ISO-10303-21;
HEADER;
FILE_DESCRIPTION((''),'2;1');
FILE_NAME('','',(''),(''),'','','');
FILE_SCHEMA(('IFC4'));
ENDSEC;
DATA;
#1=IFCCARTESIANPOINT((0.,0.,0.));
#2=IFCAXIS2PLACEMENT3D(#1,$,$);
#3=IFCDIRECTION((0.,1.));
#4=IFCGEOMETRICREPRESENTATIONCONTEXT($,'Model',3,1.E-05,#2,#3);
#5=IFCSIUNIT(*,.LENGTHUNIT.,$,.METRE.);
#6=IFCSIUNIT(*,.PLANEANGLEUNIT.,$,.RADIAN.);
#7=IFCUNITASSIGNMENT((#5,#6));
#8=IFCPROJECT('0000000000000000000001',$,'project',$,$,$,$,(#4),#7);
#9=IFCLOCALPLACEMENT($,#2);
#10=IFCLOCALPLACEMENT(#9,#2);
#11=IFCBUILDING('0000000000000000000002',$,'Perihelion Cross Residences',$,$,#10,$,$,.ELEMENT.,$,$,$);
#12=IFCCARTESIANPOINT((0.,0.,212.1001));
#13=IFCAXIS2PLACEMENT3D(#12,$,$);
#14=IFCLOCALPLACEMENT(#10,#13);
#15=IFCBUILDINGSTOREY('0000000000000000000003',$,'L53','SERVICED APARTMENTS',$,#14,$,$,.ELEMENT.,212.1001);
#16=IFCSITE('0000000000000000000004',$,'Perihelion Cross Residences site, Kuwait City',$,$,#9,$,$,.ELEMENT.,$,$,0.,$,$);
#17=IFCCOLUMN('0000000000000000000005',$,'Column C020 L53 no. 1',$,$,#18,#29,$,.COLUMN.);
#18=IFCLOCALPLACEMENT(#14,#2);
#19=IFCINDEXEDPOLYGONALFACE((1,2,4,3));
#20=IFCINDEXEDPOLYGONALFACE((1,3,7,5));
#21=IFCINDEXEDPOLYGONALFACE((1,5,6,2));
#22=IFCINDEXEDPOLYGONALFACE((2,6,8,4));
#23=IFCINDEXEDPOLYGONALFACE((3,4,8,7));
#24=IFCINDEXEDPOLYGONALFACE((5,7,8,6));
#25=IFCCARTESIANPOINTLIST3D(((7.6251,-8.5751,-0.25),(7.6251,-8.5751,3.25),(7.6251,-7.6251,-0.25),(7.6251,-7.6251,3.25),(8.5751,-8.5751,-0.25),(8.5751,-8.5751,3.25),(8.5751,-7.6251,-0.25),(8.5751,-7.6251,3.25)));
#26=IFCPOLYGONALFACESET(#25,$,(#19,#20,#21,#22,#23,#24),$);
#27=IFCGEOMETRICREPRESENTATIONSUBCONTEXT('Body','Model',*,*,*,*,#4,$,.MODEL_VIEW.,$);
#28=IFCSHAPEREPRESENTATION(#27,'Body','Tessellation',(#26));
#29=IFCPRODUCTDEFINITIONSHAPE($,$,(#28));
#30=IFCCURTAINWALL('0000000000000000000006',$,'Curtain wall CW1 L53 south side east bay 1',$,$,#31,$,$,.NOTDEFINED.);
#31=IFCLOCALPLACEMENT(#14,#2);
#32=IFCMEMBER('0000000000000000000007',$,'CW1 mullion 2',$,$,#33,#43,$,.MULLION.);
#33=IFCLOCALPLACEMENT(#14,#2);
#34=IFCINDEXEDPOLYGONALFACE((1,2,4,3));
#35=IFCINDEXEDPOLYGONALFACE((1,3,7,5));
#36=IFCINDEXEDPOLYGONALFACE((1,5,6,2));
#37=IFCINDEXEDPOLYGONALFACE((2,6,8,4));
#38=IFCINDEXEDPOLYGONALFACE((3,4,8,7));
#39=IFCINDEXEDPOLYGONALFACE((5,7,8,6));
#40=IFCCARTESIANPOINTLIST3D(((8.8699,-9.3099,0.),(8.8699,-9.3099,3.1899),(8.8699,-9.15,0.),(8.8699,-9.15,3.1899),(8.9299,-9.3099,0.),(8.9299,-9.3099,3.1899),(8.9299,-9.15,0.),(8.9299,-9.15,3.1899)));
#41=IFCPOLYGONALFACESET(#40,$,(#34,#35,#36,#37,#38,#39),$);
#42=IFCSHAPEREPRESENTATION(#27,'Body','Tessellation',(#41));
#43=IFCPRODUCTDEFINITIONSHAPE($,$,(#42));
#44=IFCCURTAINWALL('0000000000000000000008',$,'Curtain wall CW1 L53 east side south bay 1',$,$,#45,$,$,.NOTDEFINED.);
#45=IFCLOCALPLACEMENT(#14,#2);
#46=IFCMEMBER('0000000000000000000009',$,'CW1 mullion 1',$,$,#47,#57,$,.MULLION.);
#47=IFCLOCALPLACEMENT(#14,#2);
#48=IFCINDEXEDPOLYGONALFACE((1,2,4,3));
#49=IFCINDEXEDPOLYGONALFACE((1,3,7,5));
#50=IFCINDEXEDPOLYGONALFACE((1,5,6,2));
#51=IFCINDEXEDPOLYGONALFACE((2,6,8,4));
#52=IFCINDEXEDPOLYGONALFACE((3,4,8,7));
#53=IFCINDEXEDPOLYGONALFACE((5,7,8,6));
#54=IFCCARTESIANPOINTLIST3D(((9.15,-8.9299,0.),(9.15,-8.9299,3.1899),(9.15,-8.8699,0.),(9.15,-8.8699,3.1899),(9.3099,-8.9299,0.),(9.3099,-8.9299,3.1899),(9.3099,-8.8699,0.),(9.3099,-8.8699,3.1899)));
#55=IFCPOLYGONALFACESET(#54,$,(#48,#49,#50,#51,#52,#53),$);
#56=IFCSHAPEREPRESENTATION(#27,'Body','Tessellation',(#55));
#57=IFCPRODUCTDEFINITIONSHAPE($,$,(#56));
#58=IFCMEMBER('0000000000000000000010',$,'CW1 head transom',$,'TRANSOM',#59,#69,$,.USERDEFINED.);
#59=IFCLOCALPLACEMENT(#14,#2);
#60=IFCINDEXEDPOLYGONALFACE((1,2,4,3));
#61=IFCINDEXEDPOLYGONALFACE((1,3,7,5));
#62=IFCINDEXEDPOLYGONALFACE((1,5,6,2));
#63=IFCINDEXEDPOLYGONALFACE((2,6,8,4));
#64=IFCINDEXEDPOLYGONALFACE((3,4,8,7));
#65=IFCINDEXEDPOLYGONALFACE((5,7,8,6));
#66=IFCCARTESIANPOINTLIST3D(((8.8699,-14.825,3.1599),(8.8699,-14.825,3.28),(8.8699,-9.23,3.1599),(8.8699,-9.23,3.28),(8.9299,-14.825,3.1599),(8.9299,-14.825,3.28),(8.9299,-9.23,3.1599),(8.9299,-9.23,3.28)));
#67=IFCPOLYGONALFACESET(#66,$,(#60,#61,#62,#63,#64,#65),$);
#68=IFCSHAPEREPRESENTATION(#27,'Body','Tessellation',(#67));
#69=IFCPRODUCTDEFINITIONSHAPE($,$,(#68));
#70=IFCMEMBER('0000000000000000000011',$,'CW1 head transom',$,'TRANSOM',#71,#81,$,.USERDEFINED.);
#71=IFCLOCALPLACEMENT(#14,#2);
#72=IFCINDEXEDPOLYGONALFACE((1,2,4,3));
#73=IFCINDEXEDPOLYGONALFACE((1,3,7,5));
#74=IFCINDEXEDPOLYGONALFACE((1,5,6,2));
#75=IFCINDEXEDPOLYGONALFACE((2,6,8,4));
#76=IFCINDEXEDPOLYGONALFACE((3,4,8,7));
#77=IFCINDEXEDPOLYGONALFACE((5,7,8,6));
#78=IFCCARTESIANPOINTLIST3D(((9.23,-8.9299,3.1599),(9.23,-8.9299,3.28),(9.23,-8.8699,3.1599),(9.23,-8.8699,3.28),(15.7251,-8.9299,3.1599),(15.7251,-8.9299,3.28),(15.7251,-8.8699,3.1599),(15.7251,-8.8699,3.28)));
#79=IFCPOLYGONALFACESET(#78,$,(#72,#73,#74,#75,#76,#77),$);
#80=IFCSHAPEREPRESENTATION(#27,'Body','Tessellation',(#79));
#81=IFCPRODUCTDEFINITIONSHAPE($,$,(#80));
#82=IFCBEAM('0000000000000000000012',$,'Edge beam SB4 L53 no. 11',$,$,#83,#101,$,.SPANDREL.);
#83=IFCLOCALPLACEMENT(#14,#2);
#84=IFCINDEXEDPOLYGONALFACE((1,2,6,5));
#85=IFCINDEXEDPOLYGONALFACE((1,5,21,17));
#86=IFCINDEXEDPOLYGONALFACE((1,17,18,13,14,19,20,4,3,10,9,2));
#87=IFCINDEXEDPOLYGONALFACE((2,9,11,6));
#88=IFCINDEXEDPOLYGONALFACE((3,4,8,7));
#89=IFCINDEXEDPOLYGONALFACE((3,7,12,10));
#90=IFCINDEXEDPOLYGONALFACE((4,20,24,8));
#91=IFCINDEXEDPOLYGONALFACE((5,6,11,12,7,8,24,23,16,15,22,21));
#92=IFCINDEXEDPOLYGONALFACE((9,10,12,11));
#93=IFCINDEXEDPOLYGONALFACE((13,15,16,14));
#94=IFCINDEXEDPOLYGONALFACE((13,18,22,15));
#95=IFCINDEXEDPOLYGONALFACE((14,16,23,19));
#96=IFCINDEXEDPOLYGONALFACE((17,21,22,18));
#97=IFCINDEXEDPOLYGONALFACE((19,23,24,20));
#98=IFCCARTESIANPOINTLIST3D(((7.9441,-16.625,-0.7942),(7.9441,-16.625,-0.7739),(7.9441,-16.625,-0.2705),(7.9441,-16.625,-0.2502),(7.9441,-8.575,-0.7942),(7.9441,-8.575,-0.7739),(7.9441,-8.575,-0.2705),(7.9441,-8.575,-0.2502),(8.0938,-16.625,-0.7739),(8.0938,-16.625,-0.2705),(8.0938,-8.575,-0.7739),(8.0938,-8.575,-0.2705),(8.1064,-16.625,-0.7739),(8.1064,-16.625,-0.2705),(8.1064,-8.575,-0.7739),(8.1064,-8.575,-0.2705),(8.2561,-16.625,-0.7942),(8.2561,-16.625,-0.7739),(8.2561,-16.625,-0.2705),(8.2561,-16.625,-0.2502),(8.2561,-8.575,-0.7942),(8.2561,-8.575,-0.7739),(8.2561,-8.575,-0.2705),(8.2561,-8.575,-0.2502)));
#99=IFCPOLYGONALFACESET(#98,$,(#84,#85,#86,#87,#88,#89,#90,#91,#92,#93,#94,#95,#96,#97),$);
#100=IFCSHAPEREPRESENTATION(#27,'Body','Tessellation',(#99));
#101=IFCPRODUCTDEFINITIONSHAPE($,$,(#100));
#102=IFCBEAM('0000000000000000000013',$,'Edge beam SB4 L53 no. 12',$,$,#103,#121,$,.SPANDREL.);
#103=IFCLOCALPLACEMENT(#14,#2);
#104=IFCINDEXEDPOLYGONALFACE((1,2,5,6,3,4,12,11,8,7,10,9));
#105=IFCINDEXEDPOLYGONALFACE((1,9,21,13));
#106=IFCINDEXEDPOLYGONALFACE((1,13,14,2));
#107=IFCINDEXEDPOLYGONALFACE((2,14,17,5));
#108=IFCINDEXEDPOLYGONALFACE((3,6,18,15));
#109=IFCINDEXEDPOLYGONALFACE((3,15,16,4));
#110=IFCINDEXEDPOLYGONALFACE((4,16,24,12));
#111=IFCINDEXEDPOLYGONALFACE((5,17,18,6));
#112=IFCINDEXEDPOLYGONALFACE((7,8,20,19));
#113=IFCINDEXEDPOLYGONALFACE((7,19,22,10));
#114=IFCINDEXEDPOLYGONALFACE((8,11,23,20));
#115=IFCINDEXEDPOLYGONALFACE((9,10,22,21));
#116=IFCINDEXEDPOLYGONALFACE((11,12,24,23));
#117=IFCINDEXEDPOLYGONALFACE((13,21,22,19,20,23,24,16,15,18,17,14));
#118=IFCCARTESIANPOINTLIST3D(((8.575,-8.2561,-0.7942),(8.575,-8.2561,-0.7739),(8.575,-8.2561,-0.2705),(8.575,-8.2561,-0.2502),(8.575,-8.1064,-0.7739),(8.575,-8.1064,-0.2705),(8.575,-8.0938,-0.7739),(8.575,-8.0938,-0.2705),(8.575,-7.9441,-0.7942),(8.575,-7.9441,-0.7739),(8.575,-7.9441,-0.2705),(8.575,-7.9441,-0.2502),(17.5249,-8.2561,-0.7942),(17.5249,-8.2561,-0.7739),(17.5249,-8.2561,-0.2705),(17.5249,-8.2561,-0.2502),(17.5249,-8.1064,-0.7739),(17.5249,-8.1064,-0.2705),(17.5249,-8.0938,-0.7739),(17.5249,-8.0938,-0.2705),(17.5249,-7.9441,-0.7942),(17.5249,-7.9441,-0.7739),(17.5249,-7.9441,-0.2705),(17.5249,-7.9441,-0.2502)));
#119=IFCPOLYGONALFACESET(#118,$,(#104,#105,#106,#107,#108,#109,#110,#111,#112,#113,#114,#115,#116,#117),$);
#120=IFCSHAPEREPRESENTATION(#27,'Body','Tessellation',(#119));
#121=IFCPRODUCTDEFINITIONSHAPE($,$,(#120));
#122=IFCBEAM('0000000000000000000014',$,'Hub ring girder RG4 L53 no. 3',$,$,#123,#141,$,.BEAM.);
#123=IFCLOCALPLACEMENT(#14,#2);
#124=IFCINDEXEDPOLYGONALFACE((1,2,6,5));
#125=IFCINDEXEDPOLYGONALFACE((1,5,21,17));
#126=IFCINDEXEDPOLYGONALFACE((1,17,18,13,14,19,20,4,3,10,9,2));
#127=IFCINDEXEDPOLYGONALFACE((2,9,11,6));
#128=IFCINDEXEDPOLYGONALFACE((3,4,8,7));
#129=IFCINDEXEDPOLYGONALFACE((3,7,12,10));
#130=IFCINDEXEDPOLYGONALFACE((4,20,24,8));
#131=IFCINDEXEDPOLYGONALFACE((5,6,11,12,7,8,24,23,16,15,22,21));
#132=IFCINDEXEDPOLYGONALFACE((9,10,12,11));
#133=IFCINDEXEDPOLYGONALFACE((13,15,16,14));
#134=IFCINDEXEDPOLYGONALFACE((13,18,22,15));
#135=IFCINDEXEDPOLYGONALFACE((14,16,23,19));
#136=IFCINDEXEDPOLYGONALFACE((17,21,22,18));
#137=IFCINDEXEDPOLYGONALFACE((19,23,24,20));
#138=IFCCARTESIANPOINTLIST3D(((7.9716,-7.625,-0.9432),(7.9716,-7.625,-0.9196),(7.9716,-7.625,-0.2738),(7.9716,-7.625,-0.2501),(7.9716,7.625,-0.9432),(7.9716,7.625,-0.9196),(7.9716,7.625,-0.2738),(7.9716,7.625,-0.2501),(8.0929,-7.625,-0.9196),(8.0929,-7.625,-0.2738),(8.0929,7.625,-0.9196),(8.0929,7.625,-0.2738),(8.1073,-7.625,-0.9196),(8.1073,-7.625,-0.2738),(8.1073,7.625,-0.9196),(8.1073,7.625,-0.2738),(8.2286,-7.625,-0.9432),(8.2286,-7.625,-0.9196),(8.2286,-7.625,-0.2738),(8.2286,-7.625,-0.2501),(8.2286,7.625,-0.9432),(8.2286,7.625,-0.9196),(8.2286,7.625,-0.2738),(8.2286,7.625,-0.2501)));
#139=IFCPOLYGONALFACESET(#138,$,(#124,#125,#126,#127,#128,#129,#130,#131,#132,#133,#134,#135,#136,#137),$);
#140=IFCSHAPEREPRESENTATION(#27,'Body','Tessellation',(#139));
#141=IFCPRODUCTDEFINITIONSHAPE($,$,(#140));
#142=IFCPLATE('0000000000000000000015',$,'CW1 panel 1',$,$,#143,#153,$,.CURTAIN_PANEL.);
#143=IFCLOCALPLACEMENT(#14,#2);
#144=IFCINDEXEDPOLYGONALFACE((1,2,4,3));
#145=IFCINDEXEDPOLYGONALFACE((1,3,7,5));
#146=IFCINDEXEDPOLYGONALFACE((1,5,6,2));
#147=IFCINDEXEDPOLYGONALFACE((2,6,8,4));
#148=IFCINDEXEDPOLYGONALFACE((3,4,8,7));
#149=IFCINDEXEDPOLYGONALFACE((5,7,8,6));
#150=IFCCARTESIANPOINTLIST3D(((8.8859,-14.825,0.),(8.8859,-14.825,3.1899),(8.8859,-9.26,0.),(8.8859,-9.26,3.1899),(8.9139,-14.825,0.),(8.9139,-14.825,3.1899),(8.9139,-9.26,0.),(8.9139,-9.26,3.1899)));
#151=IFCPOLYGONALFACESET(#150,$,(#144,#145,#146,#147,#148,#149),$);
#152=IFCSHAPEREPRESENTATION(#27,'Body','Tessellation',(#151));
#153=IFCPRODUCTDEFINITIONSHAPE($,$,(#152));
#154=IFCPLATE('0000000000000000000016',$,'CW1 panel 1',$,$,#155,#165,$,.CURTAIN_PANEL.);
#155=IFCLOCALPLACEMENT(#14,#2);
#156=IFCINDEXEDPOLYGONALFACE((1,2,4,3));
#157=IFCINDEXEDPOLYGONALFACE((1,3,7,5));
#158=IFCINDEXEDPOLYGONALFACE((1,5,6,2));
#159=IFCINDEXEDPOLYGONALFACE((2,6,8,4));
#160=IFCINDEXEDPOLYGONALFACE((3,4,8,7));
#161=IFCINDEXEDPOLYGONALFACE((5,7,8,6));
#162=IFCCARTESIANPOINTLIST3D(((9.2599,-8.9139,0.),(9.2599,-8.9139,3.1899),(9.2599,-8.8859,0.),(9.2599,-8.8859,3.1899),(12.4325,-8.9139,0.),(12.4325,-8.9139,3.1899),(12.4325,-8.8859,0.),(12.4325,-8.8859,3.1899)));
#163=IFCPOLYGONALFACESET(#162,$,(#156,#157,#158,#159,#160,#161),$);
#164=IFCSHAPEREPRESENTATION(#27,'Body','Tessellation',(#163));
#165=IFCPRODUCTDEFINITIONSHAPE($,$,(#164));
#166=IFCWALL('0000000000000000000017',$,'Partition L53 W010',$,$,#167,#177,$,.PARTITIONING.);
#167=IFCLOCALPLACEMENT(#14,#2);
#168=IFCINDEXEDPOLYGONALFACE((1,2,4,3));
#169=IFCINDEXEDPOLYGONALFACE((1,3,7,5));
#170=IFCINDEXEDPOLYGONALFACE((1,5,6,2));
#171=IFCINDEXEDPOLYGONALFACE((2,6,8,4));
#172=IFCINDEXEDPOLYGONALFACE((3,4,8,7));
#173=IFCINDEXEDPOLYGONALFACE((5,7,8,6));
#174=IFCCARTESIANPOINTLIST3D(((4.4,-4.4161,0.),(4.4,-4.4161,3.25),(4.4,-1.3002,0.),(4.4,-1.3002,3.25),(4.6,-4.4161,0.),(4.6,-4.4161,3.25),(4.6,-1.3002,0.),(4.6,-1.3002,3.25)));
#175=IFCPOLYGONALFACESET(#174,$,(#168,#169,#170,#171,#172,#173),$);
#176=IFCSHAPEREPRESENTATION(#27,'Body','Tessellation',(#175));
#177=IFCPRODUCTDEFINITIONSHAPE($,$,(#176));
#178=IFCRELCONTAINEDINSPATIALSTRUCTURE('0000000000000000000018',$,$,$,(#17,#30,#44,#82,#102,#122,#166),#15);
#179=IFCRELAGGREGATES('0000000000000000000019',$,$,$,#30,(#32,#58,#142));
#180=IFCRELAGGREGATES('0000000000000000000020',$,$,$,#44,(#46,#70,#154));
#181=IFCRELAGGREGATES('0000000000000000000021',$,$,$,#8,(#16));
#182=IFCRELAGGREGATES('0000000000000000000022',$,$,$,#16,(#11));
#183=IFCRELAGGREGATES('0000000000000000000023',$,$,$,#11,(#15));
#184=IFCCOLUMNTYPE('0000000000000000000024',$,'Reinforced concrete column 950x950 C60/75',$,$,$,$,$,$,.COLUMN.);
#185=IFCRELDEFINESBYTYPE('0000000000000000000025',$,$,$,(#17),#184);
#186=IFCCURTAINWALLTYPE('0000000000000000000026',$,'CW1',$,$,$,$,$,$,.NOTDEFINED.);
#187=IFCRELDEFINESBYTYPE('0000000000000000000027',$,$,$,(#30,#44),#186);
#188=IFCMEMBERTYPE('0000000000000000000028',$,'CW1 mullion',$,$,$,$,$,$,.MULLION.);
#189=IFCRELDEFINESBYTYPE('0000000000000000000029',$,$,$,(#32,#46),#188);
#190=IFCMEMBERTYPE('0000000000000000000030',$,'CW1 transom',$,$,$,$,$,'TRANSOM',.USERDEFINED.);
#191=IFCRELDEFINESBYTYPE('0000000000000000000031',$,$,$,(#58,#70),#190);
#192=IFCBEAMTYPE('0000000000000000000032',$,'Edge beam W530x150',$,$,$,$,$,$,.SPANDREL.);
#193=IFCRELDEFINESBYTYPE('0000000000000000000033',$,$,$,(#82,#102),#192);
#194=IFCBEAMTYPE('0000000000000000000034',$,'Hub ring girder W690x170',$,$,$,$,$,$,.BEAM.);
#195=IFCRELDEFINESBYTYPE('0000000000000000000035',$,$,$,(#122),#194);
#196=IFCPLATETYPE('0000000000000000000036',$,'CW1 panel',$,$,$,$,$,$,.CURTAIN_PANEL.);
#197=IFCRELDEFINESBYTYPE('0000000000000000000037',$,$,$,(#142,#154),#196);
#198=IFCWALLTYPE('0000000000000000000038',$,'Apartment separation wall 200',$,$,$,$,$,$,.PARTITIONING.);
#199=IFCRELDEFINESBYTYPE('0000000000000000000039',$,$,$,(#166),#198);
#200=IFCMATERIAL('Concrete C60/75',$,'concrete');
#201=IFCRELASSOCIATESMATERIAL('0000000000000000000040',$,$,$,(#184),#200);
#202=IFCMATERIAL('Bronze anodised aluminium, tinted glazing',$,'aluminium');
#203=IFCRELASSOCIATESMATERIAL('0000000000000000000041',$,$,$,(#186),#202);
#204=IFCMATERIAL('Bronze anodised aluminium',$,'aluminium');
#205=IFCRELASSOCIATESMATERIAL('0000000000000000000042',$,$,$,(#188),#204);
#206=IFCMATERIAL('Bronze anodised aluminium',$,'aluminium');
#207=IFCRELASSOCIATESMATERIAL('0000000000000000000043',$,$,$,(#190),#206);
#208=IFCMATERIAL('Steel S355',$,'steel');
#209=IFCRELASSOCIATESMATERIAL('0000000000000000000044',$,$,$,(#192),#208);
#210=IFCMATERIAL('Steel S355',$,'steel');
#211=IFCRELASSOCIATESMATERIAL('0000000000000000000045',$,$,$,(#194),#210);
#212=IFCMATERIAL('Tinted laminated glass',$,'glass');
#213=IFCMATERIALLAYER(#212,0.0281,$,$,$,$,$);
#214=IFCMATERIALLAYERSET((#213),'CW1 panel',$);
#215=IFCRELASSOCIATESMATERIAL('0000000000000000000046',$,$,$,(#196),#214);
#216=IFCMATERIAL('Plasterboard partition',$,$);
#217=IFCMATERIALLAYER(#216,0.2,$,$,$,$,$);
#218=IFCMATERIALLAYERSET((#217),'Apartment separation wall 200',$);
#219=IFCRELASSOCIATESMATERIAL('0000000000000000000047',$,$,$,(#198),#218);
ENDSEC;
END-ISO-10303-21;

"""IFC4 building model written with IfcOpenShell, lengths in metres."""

from ifc_helpers import new_model, si_unit, direction, frame, frame_2d, origin, origin_2d, place, context, subcontext, project, spatial, rectangle, i_section, extrude, material, layer, layer_set, material_profile, profile_set, type_object, element, aggregate, save


model = new_model("IFC4")

# Units and contexts
model_context = context("Model", 3, precision=1e-05, world=origin(), true_north=direction((0.0, 1.0)))
body_context = subcontext(model_context, "Body", "Model", "MODEL_VIEW")
ifc_project = project(units=[si_unit("LENGTHUNIT", "METRE"), si_unit("PLANEANGLEUNIT", "RADIAN")], contexts=[model_context])

# Site, building, storey
site_placement = place(None, origin())
site = spatial("IfcSite", under=ifc_project, at=site_placement, Name="Perihelion Cross Residences site, Kuwait City", CompositionType="ELEMENT", RefElevation=0.0)
building_placement = place(site_placement, origin())
building = spatial("IfcBuilding", under=site, at=building_placement, Name="Perihelion Cross Residences", CompositionType="ELEMENT")
storey_placement = place(building_placement, frame((0.0, 0.0, 212.1001)))
storey = spatial("IfcBuildingStorey", under=building, at=storey_placement, Name="L53", Description="SERVICED APARTMENTS", CompositionType="ELEMENT", Elevation=212.1001)

# Column
ifc_material_1 = material(Name="Concrete C60/75", Category="concrete")
ifc_material_profile_1 = material_profile(ifc_material_1, rectangle(XDim=0.95, YDim=0.95, at=origin_2d()), Name="RC 950x950")
ifc_profile_set_1 = profile_set([ifc_material_profile_1], Name="Concrete C60/75")
column_type = type_object("IfcColumnType", Name="Reinforced concrete column 950x950 C60/75", PredefinedType="COLUMN", material=ifc_profile_set_1)
column_placement = place(storey_placement, frame((8.1001, -8.1001, -0.25), z_axis=(0.0, 0.0, 1.0), x_axis=(1.0, 0.0, 0.0)))
element("IfcColumn", 1, at=column_placement, inside=storey, type_object=column_type, Name="Column C020 L53 no. 1", PredefinedType="COLUMN", context=body_context, shape_type="SweptSolid", body=[
    extrude(rectangle(XDim=0.95, YDim=0.95, at=origin_2d()), origin(), (0.0, 0.0, 1.0), 3.5),
])

# Curtain walls, members
ifc_material_2 = material(Name="Bronze anodised aluminium, tinted glazing", Category="aluminium")
curtain_wall_type = type_object("IfcCurtainWallType", Name="CW1", PredefinedType="NOTDEFINED", material=ifc_material_2)
curtain_wall_1_placement = place(storey_placement, origin())
curtain_wall_1 = element("IfcCurtainWall", 2, at=curtain_wall_1_placement, inside=storey, type_object=curtain_wall_type, Name="Curtain wall CW1 L53 south side east bay 1", PredefinedType="NOTDEFINED")
ifc_material_3 = material(Name="Bronze anodised aluminium", Category="aluminium")
ifc_material_profile_2 = material_profile(ifc_material_3, rectangle(XDim=0.0601, YDim=0.1599, at=origin_2d()), Name="CW1 mullion")
ifc_profile_set_2 = profile_set([ifc_material_profile_2], Name="Bronze anodised aluminium")
member_type_1 = type_object("IfcMemberType", Name="CW1 mullion", PredefinedType="MULLION", material=ifc_profile_set_2)
member_1_placement = place(storey_placement, frame((8.8999, -9.23, 0.0), z_axis=(0.0, 0.0, 1.0), x_axis=(-1.0, 0.0, 0.0)))
member_1 = element("IfcMember", 3, at=member_1_placement, type_object=member_type_1, Name="CW1 mullion 2", PredefinedType="MULLION", context=body_context, shape_type="SweptSolid", body=[
    extrude(rectangle(XDim=0.0601, YDim=0.1599, at=origin_2d()), origin(), (0.0, 0.0, 1.0), 3.1899),
])
curtain_wall_2_placement = place(storey_placement, origin())
curtain_wall_2 = element("IfcCurtainWall", 4, at=curtain_wall_2_placement, inside=storey, type_object=curtain_wall_type, Name="Curtain wall CW1 L53 east side south bay 1", PredefinedType="NOTDEFINED")
member_2_placement = place(storey_placement, frame((9.23, -8.8999, 0.0), z_axis=(0.0, 0.0, 1.0), x_axis=(0.0, 1.0, 0.0)))
member_2 = element("IfcMember", 5, at=member_2_placement, type_object=member_type_1, Name="CW1 mullion 1", PredefinedType="MULLION", context=body_context, shape_type="SweptSolid", body=[
    extrude(rectangle(XDim=0.0601, YDim=0.1599, at=origin_2d()), origin(), (0.0, 0.0, 1.0), 3.1899),
])

# Members
ifc_material_4 = material(Name="Bronze anodised aluminium", Category="aluminium")
ifc_material_profile_3 = material_profile(ifc_material_4, rectangle(XDim=0.0601, YDim=0.1201, at=origin_2d()), Name="CW1 transom")
ifc_profile_set_3 = profile_set([ifc_material_profile_3], Name="Bronze anodised aluminium")
member_type_2 = type_object("IfcMemberType", Name="CW1 transom", ElementType="TRANSOM", PredefinedType="USERDEFINED", material=ifc_profile_set_3)
member_3_placement = place(storey_placement, frame((8.8999, -14.825, 3.22), z_axis=(0.0, 1.0, 0.0), x_axis=(-1.0, 0.0, 0.0)))
member_3 = element("IfcMember", 6, at=member_3_placement, type_object=member_type_2, Name="CW1 head transom", ObjectType="TRANSOM", PredefinedType="USERDEFINED", context=body_context, shape_type="SweptSolid", body=[
    extrude(rectangle(XDim=0.0601, YDim=0.1201, at=origin_2d()), origin(), (0.0, 0.0, 1.0), 5.595),
])
member_4_placement = place(storey_placement, frame((9.23, -8.8999, 3.22), z_axis=(1.0, 0.0, 0.0), x_axis=(0.0, 1.0, 0.0)))
member_4 = element("IfcMember", 7, at=member_4_placement, type_object=member_type_2, Name="CW1 head transom", ObjectType="TRANSOM", PredefinedType="USERDEFINED", context=body_context, shape_type="SweptSolid", body=[
    extrude(rectangle(XDim=0.0601, YDim=0.1201, at=origin_2d()), origin(), (0.0, 0.0, 1.0), 6.4951),
])

# Beams
ifc_material_5 = material(Name="Steel S355", Category="steel")
ifc_material_profile_4 = material_profile(ifc_material_5, i_section(OverallWidth=0.312, OverallDepth=0.5439, WebThickness=0.0127, FlangeThickness=0.0203, at=origin_2d()), Name="W530x150")
ifc_profile_set_4 = profile_set([ifc_material_profile_4], Name="Steel S355")
beam_type_1 = type_object("IfcBeamType", Name="Edge beam W530x150", PredefinedType="SPANDREL", material=ifc_profile_set_4)
beam_1_placement = place(storey_placement, frame((8.1001, -16.625, -0.5222), z_axis=(0.0, 1.0, 0.0), x_axis=(-1.0, 0.0, 0.0)))
element("IfcBeam", 8, at=beam_1_placement, inside=storey, type_object=beam_type_1, Name="Edge beam SB4 L53 no. 11", PredefinedType="SPANDREL", context=body_context, shape_type="SweptSolid", body=[
    extrude(i_section(OverallWidth=0.312, OverallDepth=0.5439, WebThickness=0.0127, FlangeThickness=0.0203, at=origin_2d()), origin(), (0.0, 0.0, 1.0), 8.05),
])
beam_2_placement = place(storey_placement, frame((8.575, -8.1001, -0.5222), z_axis=(1.0, 0.0, 0.0), x_axis=(0.0, 1.0, 0.0)))
element("IfcBeam", 9, at=beam_2_placement, inside=storey, type_object=beam_type_1, Name="Edge beam SB4 L53 no. 12", PredefinedType="SPANDREL", context=body_context, shape_type="SweptSolid", body=[
    extrude(i_section(OverallWidth=0.312, OverallDepth=0.5439, WebThickness=0.0127, FlangeThickness=0.0203, at=origin_2d()), origin(), (0.0, 0.0, 1.0), 8.95),
])
ifc_material_6 = material(Name="Steel S355", Category="steel")
ifc_material_profile_5 = material_profile(ifc_material_6, i_section(OverallWidth=0.2571, OverallDepth=0.6931, WebThickness=0.0144, FlangeThickness=0.0237, at=origin_2d()), Name="W690x170")
ifc_profile_set_5 = profile_set([ifc_material_profile_5], Name="Steel S355")
beam_type_2 = type_object("IfcBeamType", Name="Hub ring girder W690x170", PredefinedType="BEAM", material=ifc_profile_set_5)
beam_3_placement = place(storey_placement, frame((8.1001, -7.625, -0.5967), z_axis=(0.0, 1.0, 0.0), x_axis=(-1.0, 0.0, 0.0)))
element("IfcBeam", 10, at=beam_3_placement, inside=storey, type_object=beam_type_2, Name="Hub ring girder RG4 L53 no. 3", PredefinedType="BEAM", context=body_context, shape_type="SweptSolid", body=[
    extrude(i_section(OverallWidth=0.2571, OverallDepth=0.6931, WebThickness=0.0144, FlangeThickness=0.0237, at=origin_2d()), origin(), (0.0, 0.0, 1.0), 15.25),
])

# Plates
ifc_material_7 = material(Name="Tinted laminated glass", Category="glass")
ifc_layer_1 = layer(ifc_material_7, 0.0281)
ifc_layer_set_1 = layer_set([ifc_layer_1], Name="CW1 panel")
plate_type = type_object("IfcPlateType", Name="CW1 panel", PredefinedType="CURTAIN_PANEL", material=ifc_layer_set_1)
plate_1_placement = place(storey_placement, frame((8.8999, -12.0425, 0.0), z_axis=(0.0, 0.0, 1.0), x_axis=(0.0, 1.0, 0.0)))
plate_1 = element("IfcPlate", 11, at=plate_1_placement, type_object=plate_type, Name="CW1 panel 1", PredefinedType="CURTAIN_PANEL", context=body_context, shape_type="SweptSolid", body=[
    extrude(rectangle(XDim=5.5649, YDim=0.0281, at=origin_2d()), origin(), (0.0, 0.0, 1.0), 3.1899),
])
aggregate(curtain_wall_1, [member_1, member_3, plate_1])
plate_2_placement = place(storey_placement, frame((10.8462, -8.8999, 0.0), z_axis=(0.0, 0.0, 1.0), x_axis=(1.0, 0.0, 0.0)))
plate_2 = element("IfcPlate", 12, at=plate_2_placement, type_object=plate_type, Name="CW1 panel 1", PredefinedType="CURTAIN_PANEL", context=body_context, shape_type="SweptSolid", body=[
    extrude(rectangle(XDim=3.1726, YDim=0.0281, at=origin_2d()), origin(), (0.0, 0.0, 1.0), 3.1899),
])
aggregate(curtain_wall_2, [member_2, member_4, plate_2])

# Wall
ifc_material_8 = material(Name="Plasterboard partition")
ifc_layer_2 = layer(ifc_material_8, 0.2)
ifc_layer_set_2 = layer_set([ifc_layer_2], Name="Apartment separation wall 200")
wall_type_1 = type_object("IfcWallType", Name="Apartment separation wall 200", PredefinedType="PARTITIONING", material=ifc_layer_set_2)
wall_1_placement = place(storey_placement, frame((4.5, -1.3, 0.0), z_axis=(0.0, 0.0, 1.0), x_axis=(0.0, -1.0, 0.0)))
element("IfcWall", 13, at=wall_1_placement, inside=storey, type_object=wall_type_1, Name="Partition L53 W010", PredefinedType="PARTITIONING", context=body_context, shape_type="SweptSolid", body=[
    extrude(rectangle(XDim=3.116, YDim=0.2, at=frame_2d((1.5581, 0.0))), origin(), (0.0, 0.0, 1.0), 3.25),
])

save(model, "model.ifc")
